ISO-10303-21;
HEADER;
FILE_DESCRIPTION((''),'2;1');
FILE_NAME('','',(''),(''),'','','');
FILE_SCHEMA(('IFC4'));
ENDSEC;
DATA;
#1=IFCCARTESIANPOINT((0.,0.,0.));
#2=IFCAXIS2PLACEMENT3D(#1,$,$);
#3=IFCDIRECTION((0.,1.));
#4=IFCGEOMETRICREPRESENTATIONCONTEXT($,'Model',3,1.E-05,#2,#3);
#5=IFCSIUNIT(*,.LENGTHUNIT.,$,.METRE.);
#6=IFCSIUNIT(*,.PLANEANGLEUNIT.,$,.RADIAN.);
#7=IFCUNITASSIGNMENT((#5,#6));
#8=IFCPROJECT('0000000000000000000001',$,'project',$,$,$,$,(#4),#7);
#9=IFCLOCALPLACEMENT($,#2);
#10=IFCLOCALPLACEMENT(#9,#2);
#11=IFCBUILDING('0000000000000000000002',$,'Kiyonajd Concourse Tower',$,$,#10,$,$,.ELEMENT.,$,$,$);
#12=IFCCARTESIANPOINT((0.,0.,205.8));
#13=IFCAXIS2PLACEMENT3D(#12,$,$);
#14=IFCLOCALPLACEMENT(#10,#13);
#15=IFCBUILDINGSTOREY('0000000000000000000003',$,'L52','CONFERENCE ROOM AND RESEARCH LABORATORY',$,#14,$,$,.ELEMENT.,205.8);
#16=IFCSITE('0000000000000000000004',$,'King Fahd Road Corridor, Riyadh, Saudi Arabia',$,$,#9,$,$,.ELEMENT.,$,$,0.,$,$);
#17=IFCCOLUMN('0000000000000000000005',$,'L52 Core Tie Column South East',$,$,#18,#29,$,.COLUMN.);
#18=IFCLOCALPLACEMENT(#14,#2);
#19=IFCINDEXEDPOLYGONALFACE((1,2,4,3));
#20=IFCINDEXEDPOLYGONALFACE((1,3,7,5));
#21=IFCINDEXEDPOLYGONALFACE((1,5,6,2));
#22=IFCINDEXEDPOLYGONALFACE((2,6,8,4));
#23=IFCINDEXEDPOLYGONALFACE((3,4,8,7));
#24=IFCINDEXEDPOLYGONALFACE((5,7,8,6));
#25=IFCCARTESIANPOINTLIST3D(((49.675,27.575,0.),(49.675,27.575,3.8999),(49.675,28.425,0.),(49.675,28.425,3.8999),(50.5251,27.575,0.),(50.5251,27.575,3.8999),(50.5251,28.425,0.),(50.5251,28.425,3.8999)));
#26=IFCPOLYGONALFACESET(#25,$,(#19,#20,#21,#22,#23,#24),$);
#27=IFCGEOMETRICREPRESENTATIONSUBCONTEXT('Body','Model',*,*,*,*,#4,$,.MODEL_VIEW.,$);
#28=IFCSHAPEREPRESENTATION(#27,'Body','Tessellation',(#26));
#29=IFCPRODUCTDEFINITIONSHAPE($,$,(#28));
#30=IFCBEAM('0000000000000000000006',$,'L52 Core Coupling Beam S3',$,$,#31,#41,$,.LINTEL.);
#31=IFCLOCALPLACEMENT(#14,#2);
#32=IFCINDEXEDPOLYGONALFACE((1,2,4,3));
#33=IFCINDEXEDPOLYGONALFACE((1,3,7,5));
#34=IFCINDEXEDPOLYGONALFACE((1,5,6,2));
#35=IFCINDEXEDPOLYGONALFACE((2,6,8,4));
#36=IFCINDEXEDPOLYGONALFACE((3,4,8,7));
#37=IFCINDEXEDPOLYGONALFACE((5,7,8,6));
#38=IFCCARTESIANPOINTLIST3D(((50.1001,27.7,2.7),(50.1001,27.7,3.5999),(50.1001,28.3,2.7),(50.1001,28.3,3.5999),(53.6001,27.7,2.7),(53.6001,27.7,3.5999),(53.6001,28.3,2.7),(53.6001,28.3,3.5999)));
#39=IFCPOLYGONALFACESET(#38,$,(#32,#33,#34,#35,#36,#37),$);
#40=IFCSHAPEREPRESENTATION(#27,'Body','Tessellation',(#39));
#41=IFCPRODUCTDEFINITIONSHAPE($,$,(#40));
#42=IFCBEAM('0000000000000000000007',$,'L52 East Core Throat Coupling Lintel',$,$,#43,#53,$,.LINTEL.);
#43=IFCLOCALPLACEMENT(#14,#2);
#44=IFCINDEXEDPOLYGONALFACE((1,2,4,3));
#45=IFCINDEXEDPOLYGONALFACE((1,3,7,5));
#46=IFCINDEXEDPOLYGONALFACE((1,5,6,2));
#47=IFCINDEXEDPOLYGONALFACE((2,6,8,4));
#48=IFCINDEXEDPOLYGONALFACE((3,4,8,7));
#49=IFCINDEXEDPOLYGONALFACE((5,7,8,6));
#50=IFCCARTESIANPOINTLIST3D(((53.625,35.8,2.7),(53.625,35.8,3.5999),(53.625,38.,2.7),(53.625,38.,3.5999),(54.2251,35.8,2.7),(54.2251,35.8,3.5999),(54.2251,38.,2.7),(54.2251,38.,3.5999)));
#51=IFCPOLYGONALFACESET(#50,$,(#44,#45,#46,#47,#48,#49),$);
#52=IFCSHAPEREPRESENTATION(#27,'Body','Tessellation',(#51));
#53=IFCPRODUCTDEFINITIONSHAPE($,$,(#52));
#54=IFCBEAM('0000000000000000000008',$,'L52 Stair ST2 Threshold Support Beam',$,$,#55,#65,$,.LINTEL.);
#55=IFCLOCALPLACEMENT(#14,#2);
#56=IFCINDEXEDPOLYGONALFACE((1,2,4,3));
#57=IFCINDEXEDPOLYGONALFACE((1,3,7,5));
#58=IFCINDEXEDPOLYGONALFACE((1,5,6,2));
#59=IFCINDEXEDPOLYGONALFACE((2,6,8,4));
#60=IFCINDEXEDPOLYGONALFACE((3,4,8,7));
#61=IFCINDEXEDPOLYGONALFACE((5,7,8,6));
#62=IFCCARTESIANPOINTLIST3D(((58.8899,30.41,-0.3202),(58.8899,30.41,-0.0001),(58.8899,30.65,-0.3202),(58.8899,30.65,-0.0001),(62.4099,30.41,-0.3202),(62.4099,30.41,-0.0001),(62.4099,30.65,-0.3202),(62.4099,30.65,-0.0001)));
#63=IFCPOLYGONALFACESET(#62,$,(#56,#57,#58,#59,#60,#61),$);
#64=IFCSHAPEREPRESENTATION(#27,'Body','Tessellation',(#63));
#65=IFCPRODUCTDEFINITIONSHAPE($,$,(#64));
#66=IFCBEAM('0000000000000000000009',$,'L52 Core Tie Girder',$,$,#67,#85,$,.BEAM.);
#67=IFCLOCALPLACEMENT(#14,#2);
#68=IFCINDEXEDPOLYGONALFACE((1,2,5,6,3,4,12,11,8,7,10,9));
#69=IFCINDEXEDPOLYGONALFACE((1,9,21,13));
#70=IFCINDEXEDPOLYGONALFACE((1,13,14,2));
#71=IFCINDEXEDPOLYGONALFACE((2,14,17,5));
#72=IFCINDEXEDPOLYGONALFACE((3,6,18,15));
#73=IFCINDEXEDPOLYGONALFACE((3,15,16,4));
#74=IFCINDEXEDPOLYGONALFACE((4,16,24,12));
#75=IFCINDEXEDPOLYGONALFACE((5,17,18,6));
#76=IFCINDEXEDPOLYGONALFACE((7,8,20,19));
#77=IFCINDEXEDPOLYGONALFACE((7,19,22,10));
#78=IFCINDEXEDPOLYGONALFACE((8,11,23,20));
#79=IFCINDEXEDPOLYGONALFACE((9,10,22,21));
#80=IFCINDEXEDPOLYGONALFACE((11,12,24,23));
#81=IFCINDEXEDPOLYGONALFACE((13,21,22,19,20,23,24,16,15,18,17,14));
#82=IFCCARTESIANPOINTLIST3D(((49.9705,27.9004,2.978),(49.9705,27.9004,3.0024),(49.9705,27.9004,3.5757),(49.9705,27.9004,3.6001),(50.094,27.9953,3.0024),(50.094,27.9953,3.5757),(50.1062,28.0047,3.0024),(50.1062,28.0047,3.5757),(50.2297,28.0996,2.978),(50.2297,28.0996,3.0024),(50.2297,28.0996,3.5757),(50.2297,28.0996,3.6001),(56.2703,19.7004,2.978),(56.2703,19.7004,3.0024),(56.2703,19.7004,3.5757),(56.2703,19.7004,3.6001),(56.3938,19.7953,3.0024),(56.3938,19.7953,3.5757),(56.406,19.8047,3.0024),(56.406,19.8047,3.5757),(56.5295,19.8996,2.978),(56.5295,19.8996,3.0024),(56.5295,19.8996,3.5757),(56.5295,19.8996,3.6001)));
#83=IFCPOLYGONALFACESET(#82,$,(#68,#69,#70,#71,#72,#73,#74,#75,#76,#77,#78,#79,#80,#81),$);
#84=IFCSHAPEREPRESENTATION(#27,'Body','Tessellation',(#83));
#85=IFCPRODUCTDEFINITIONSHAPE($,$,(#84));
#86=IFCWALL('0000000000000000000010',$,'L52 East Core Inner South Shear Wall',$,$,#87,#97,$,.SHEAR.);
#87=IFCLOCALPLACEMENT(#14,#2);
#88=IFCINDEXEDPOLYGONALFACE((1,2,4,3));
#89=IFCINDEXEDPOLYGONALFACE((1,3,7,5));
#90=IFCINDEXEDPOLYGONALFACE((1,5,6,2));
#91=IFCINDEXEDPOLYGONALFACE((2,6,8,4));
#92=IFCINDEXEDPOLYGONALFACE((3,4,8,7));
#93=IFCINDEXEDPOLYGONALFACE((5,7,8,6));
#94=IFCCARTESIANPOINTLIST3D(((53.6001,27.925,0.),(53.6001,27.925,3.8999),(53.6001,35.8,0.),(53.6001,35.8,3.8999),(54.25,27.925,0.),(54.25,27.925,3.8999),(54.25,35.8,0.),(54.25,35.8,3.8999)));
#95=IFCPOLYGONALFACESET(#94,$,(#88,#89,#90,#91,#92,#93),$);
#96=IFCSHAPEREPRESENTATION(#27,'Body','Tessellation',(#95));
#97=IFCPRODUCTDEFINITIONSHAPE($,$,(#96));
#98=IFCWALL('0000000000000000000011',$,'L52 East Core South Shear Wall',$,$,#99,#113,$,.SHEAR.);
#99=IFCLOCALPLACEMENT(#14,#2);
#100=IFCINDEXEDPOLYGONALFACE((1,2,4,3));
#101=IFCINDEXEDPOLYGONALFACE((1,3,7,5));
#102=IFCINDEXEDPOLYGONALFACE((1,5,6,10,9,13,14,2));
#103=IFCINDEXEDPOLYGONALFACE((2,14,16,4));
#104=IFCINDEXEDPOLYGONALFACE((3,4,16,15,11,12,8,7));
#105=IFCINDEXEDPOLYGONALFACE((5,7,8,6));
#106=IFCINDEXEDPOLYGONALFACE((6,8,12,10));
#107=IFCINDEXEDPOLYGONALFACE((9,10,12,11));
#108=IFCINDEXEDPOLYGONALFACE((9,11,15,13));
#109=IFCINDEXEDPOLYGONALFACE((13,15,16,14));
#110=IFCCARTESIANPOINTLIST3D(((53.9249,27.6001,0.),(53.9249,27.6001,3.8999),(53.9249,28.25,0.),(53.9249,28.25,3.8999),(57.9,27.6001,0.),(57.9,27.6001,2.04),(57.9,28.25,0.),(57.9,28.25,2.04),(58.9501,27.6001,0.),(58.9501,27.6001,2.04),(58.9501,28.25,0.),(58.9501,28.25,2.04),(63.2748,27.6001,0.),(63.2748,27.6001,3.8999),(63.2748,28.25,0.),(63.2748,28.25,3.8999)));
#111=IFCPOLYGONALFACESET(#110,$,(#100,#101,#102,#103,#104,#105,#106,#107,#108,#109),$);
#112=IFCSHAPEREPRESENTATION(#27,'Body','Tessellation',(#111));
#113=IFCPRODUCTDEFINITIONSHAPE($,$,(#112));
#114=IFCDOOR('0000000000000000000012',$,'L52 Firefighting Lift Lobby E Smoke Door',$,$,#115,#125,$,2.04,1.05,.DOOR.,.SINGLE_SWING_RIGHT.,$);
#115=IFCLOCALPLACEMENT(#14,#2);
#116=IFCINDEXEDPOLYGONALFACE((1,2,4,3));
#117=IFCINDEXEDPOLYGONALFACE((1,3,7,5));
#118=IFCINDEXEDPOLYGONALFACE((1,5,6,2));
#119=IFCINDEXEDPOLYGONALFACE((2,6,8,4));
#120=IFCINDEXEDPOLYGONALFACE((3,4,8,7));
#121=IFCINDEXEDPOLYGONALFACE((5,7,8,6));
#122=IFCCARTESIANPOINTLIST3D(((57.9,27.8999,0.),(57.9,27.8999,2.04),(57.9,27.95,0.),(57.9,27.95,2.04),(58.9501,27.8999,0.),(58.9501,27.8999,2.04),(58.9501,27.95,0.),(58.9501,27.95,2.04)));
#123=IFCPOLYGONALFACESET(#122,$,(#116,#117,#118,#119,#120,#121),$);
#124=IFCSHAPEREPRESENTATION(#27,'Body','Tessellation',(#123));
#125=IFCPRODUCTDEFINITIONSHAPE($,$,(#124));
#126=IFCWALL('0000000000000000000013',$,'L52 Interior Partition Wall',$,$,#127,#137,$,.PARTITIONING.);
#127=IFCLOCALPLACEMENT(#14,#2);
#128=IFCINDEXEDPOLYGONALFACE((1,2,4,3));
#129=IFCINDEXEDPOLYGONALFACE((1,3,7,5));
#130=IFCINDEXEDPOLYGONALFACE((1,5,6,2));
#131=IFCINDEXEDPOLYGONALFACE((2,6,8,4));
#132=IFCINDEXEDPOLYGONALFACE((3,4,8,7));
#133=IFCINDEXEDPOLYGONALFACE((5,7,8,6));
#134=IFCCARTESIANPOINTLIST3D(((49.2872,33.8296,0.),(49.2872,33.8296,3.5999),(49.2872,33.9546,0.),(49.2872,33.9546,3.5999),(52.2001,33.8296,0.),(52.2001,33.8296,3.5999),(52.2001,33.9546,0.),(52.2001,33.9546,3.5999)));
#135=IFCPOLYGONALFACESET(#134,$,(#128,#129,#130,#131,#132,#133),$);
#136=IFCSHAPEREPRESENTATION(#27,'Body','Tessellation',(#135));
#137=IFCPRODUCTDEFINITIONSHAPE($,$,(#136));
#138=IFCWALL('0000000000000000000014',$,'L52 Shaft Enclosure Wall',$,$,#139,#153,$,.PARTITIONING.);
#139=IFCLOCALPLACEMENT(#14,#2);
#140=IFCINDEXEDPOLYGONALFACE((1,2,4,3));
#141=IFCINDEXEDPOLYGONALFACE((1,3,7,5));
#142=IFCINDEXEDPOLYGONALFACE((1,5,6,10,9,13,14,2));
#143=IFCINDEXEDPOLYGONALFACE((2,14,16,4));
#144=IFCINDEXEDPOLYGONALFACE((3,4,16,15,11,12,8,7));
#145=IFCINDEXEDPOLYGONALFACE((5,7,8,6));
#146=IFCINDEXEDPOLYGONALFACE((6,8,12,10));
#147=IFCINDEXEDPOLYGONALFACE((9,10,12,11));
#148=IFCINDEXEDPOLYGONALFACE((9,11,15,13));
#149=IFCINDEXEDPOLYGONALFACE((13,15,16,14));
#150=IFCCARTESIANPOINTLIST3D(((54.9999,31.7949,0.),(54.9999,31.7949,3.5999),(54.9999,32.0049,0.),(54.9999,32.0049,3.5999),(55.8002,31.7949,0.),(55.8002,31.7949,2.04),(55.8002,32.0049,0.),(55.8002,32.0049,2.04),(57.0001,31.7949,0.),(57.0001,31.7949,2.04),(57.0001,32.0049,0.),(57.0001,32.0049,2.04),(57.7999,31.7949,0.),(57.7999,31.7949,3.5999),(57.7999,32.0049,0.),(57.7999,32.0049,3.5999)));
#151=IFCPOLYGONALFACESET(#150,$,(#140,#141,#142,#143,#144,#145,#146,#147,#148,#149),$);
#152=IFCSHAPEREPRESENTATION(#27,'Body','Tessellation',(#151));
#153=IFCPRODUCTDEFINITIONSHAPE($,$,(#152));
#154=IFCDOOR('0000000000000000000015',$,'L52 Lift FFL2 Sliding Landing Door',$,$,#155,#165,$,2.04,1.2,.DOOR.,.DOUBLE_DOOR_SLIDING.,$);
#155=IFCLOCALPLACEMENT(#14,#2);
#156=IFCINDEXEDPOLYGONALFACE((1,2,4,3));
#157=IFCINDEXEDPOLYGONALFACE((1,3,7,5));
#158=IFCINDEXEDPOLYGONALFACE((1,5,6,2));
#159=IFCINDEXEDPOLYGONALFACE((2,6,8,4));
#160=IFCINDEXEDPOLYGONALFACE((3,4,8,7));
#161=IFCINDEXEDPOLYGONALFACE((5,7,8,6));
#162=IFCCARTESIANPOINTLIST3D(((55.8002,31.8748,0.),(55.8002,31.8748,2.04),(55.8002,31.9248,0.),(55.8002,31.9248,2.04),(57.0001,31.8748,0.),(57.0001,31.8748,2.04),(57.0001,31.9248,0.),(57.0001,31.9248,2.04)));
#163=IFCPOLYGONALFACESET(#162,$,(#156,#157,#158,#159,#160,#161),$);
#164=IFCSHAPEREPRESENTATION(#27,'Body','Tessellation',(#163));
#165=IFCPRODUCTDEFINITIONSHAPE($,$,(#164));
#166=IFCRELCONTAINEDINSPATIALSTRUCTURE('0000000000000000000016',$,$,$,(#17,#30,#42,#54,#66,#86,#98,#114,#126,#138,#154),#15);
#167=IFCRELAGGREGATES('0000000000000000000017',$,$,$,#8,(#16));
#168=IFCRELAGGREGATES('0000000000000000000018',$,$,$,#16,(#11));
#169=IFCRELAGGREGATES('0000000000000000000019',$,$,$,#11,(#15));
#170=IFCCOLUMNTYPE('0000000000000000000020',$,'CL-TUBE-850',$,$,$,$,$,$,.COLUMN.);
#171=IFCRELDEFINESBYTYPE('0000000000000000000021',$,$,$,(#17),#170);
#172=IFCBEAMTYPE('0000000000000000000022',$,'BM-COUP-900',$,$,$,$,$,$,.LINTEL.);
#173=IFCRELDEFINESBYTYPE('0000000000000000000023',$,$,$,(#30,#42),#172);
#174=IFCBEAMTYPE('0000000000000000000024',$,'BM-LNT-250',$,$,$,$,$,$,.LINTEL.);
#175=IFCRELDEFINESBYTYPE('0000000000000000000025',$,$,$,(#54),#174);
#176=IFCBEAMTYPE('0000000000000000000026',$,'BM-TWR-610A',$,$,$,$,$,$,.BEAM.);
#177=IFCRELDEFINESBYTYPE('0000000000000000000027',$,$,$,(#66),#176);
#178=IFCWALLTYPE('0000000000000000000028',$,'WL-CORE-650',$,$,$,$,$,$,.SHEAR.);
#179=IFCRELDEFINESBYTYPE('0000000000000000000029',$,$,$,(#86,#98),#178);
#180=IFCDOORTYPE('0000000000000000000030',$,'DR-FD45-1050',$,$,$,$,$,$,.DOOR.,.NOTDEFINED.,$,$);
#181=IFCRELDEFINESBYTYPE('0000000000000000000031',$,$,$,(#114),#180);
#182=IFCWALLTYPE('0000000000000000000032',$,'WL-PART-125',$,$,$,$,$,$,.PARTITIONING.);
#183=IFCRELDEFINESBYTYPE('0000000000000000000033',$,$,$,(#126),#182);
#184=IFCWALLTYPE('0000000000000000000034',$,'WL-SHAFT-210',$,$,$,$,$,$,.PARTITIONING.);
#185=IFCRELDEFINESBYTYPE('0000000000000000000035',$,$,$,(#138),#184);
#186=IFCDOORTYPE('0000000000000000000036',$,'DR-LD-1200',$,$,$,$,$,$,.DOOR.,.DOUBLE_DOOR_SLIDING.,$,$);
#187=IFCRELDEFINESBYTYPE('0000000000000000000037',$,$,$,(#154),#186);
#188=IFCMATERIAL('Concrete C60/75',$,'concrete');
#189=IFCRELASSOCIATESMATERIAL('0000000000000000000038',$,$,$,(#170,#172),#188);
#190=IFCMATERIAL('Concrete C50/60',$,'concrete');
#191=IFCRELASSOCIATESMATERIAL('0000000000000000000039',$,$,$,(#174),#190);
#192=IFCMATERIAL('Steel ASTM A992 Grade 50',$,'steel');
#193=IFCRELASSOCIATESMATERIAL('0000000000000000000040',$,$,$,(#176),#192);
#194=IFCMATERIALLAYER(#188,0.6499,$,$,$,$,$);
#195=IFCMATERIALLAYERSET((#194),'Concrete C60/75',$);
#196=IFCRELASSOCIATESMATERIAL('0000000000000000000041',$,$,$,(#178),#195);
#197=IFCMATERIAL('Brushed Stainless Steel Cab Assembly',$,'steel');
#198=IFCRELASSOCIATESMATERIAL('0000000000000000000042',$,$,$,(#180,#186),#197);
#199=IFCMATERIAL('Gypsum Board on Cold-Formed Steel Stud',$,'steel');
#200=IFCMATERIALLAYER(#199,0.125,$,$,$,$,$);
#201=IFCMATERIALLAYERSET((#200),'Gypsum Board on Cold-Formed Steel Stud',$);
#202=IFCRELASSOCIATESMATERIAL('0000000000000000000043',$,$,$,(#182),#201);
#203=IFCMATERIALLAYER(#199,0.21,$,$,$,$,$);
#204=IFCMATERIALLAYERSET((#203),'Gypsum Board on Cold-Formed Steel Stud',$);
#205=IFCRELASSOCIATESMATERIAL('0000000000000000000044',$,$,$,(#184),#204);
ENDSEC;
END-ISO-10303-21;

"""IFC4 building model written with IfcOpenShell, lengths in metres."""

from ifc_helpers import new_model, si_unit, direction, frame, frame_2d, origin, origin_2d, place, context, subcontext, project, spatial, rectangle, i_section, extrude, material, layer, layer_set, material_profile, profile_set, type_object, element, fill, save


model = new_model("IFC4")

# Units and contexts
model_context = context("Model", 3, precision=1e-05, world=origin(), true_north=direction((0.0, 1.0)))
body_context = subcontext(model_context, "Body", "Model", "MODEL_VIEW")
ifc_project = project(units=[si_unit("LENGTHUNIT", "METRE"), si_unit("PLANEANGLEUNIT", "RADIAN")], contexts=[model_context])

# Site, building, storey
site_placement = place(None, origin())
site = spatial("IfcSite", under=ifc_project, at=site_placement, Name="King Fahd Road Corridor, Riyadh, Saudi Arabia", CompositionType="ELEMENT", RefElevation=0.0)
building_placement = place(site_placement, origin())
building = spatial("IfcBuilding", under=site, at=building_placement, Name="Kiyonajd Concourse Tower", CompositionType="ELEMENT")
storey_placement = place(building_placement, frame((0.0, 0.0, 205.8)))
storey = spatial("IfcBuildingStorey", under=building, at=storey_placement, Name="L52", Description="CONFERENCE ROOM AND RESEARCH LABORATORY", CompositionType="ELEMENT", Elevation=205.8)

# Column
ifc_material_1 = material(Name="Concrete C60/75", Category="concrete")
ifc_material_profile_1 = material_profile(ifc_material_1, rectangle(XDim=0.8501, YDim=0.8501, at=origin_2d()), Name="RC-850x850")
ifc_profile_set_1 = profile_set([ifc_material_profile_1], Name="Concrete C60/75")
column_type = type_object("IfcColumnType", Name="CL-TUBE-850", PredefinedType="COLUMN", material=ifc_profile_set_1)
column_placement = place(storey_placement, frame((50.1001, 28.0, 0.0), z_axis=(0.0, 0.0, 1.0), x_axis=(1.0, 0.0, 0.0)))
element("IfcColumn", 1, at=column_placement, inside=storey, type_object=column_type, Name="L52 Core Tie Column South East", PredefinedType="COLUMN", context=body_context, shape_type="SweptSolid", body=[
    extrude(rectangle(XDim=0.8501, YDim=0.8501, at=origin_2d()), origin(), (0.0, 0.0, 1.0), 3.8999),
])

# Beams
ifc_material_profile_2 = material_profile(ifc_material_1, rectangle(XDim=0.6001, YDim=0.8999, at=origin_2d()), Name="RCBM-600x900")
ifc_profile_set_2 = profile_set([ifc_material_profile_2], Name="Concrete C60/75")
beam_type_1 = type_object("IfcBeamType", Name="BM-COUP-900", PredefinedType="LINTEL", material=ifc_profile_set_2)
beam_1_placement = place(storey_placement, frame((50.1001, 28.0, 3.1499), z_axis=(1.0, 0.0, 0.0), x_axis=(0.0, 1.0, 0.0)))
element("IfcBeam", 2, at=beam_1_placement, inside=storey, type_object=beam_type_1, Name="L52 Core Coupling Beam S3", PredefinedType="LINTEL", context=body_context, shape_type="SweptSolid", body=[
    extrude(rectangle(XDim=0.6001, YDim=0.8999, at=origin_2d()), origin(), (0.0, 0.0, 1.0), 3.5),
])
beam_2_placement = place(storey_placement, frame((53.925, 35.8, 3.1499), z_axis=(0.0, 1.0, 0.0), x_axis=(-1.0, 0.0, 0.0)))
element("IfcBeam", 3, at=beam_2_placement, inside=storey, type_object=beam_type_1, Name="L52 East Core Throat Coupling Lintel", PredefinedType="LINTEL", context=body_context, shape_type="SweptSolid", body=[
    extrude(rectangle(XDim=0.6001, YDim=0.8999, at=origin_2d()), origin(), (0.0, 0.0, 1.0), 2.2),
])
ifc_material_2 = material(Name="Concrete C50/60", Category="concrete")
ifc_material_profile_3 = material_profile(ifc_material_2, rectangle(XDim=0.24, YDim=0.3201, at=origin_2d()), Name="RCBM-240x320")
ifc_profile_set_3 = profile_set([ifc_material_profile_3], Name="Concrete C50/60")
beam_type_2 = type_object("IfcBeamType", Name="BM-LNT-250", PredefinedType="LINTEL", material=ifc_profile_set_3)
beam_3_placement = place(storey_placement, frame((58.8899, 30.53, -0.1602), z_axis=(1.0, 0.0, 0.0), x_axis=(0.0, 1.0, 0.0)))
element("IfcBeam", 4, at=beam_3_placement, inside=storey, type_object=beam_type_2, Name="L52 Stair ST2 Threshold Support Beam", PredefinedType="LINTEL", context=body_context, shape_type="SweptSolid", body=[
    extrude(rectangle(XDim=0.24, YDim=0.3201, at=origin_2d()), origin(), (0.0, 0.0, 1.0), 3.52),
])
ifc_material_3 = material(Name="Steel ASTM A992 Grade 50", Category="steel")
ifc_material_profile_4 = material_profile(ifc_material_3, i_section(OverallWidth=0.3269, OverallDepth=0.6221, WebThickness=0.0154, FlangeThickness=0.0244, at=origin_2d()), Name="W610X195")
ifc_profile_set_4 = profile_set([ifc_material_profile_4], Name="Steel ASTM A992 Grade 50")
beam_type_3 = type_object("IfcBeamType", Name="BM-TWR-610A", PredefinedType="BEAM", material=ifc_profile_set_4)
beam_4_placement = place(storey_placement, frame((50.1001, 28.0, 3.2891), z_axis=(0.609234, -0.792991, 0.0), x_axis=(0.792991, 0.609234, 0.0)))
element("IfcBeam", 5, at=beam_4_placement, inside=storey, type_object=beam_type_3, Name="L52 Core Tie Girder", PredefinedType="BEAM", context=body_context, shape_type="SweptSolid", body=[
    extrude(i_section(OverallWidth=0.3269, OverallDepth=0.6221, WebThickness=0.0154, FlangeThickness=0.0244, at=origin_2d()), origin(), (0.0, 0.0, 1.0), 10.3406),
])

# Wall
ifc_layer_1 = layer(ifc_material_1, 0.6499)
ifc_layer_set_1 = layer_set([ifc_layer_1], Name="Concrete C60/75")
wall_type_1 = type_object("IfcWallType", Name="WL-CORE-650", PredefinedType="SHEAR", material=ifc_layer_set_1)
wall_1_placement = place(storey_placement, frame((53.925, 27.925, 0.0), z_axis=(0.0, 0.0, 1.0), x_axis=(0.0, 1.0, 0.0)))
element("IfcWall", 6, at=wall_1_placement, inside=storey, type_object=wall_type_1, Name="L52 East Core Inner South Shear Wall", PredefinedType="SHEAR", context=body_context, shape_type="SweptSolid", body=[
    extrude(rectangle(XDim=7.875, YDim=0.6499, at=frame_2d((3.9375, 0.0))), origin(), (0.0, 0.0, 1.0), 3.8999),
])

# Wall, opening, door
wall_2_placement = place(storey_placement, frame((53.925, 27.925, 0.0), z_axis=(0.0, 0.0, 1.0), x_axis=(1.0, 0.0, 0.0)))
wall_2 = element("IfcWall", 7, at=wall_2_placement, inside=storey, type_object=wall_type_1, Name="L52 East Core South Shear Wall", PredefinedType="SHEAR", context=body_context, shape_type="SweptSolid", body=[
    extrude(rectangle(XDim=9.3499, YDim=0.6499, at=frame_2d((4.6748, 0.0))), origin(), (0.0, 0.0, 1.0), 3.8999),
])
opening_1_placement = place(wall_2_placement, frame((3.9751, 0.0, 0.0)))
opening_1 = element("IfcOpeningElement", 8, at=opening_1_placement, cuts=wall_2, PredefinedType="OPENING", context=body_context, shape_type="SweptSolid", body=[
    extrude(rectangle(XDim=1.05, YDim=2.04, at=frame_2d((0.5249, 1.02))), frame((0.0, 0.335, 0.0), z_axis=(0.0, -1.0, 0.0), x_axis=(1.0, 0.0, 0.0)), (0.0, 0.0, 1.0), 0.6699),
])
ifc_material_4 = material(Name="Brushed Stainless Steel Cab Assembly", Category="steel")
door_type_1 = type_object("IfcDoorType", Name="DR-FD45-1050", OperationType="NOTDEFINED", PredefinedType="DOOR", material=ifc_material_4)
door_1_placement = place(opening_1_placement, origin())
door_1 = element("IfcDoor", 9, at=door_1_placement, inside=storey, type_object=door_type_1, Name="L52 Firefighting Lift Lobby E Smoke Door", OperationType="SINGLE_SWING_RIGHT", OverallHeight=2.04, OverallWidth=1.05, PredefinedType="DOOR", context=body_context, shape_type="SweptSolid", body=[
    extrude(rectangle(XDim=1.05, YDim=2.04, at=frame_2d((0.5249, 1.02))), frame((0.0, 0.0249, 0.0), z_axis=(0.0, -1.0, 0.0), x_axis=(1.0, 0.0, 0.0)), (0.0, 0.0, 1.0), 0.05),
])
fill(opening_1, door_1)

# Wall
ifc_material_5 = material(Name="Gypsum Board on Cold-Formed Steel Stud", Category="steel")
ifc_layer_2 = layer(ifc_material_5, 0.125)
ifc_layer_set_2 = layer_set([ifc_layer_2], Name="Gypsum Board on Cold-Formed Steel Stud")
wall_type_2 = type_object("IfcWallType", Name="WL-PART-125", PredefinedType="PARTITIONING", material=ifc_layer_set_2)
wall_3_placement = place(storey_placement, frame((49.2871, 33.8921, 0.0), z_axis=(0.0, 0.0, 1.0), x_axis=(1.0, 0.0, 0.0)))
element("IfcWall", 10, at=wall_3_placement, inside=storey, type_object=wall_type_2, Name="L52 Interior Partition Wall", PredefinedType="PARTITIONING", context=body_context, shape_type="SweptSolid", body=[
    extrude(rectangle(XDim=2.9128, YDim=0.125, at=frame_2d((1.4565, 0.0))), origin(), (0.0, 0.0, 1.0), 3.5999),
])

# Wall, opening, door
ifc_layer_3 = layer(ifc_material_5, 0.21)
ifc_layer_set_3 = layer_set([ifc_layer_3], Name="Gypsum Board on Cold-Formed Steel Stud")
wall_type_3 = type_object("IfcWallType", Name="WL-SHAFT-210", PredefinedType="PARTITIONING", material=ifc_layer_set_3)
wall_4_placement = place(storey_placement, frame((55.0, 31.8999, 0.0), z_axis=(0.0, 0.0, 1.0), x_axis=(1.0, 0.0, 0.0)))
wall_4 = element("IfcWall", 11, at=wall_4_placement, inside=storey, type_object=wall_type_3, Name="L52 Shaft Enclosure Wall", PredefinedType="PARTITIONING", context=body_context, shape_type="SweptSolid", body=[
    extrude(rectangle(XDim=2.8, YDim=0.21, at=frame_2d((1.3999, 0.0))), origin(), (0.0, 0.0, 1.0), 3.5999),
])
opening_2_placement = place(wall_4_placement, frame((0.8, 0.0, 0.0)))
opening_2 = element("IfcOpeningElement", 12, at=opening_2_placement, cuts=wall_4, PredefinedType="OPENING", context=body_context, shape_type="SweptSolid", body=[
    extrude(rectangle(XDim=1.2, YDim=2.04, at=frame_2d((0.6001, 1.02))), frame((0.0, 0.115, 0.0), z_axis=(0.0, -1.0, 0.0), x_axis=(1.0, 0.0, 0.0)), (0.0, 0.0, 1.0), 0.23),
])
door_type_2 = type_object("IfcDoorType", Name="DR-LD-1200", OperationType="DOUBLE_DOOR_SLIDING", PredefinedType="DOOR", material=ifc_material_4)
door_2_placement = place(opening_2_placement, origin())
door_2 = element("IfcDoor", 13, at=door_2_placement, inside=storey, type_object=door_type_2, Name="L52 Lift FFL2 Sliding Landing Door", OperationType="DOUBLE_DOOR_SLIDING", OverallHeight=2.04, OverallWidth=1.2, PredefinedType="DOOR", context=body_context, shape_type="SweptSolid", body=[
    extrude(rectangle(XDim=1.2, YDim=2.04, at=frame_2d((0.6001, 1.02))), frame((0.0, 0.0249, 0.0), z_axis=(0.0, -1.0, 0.0), x_axis=(1.0, 0.0, 0.0)), (0.0, 0.0, 1.0), 0.05),
])
fill(opening_2, door_2)

save(model, "model.ifc")
